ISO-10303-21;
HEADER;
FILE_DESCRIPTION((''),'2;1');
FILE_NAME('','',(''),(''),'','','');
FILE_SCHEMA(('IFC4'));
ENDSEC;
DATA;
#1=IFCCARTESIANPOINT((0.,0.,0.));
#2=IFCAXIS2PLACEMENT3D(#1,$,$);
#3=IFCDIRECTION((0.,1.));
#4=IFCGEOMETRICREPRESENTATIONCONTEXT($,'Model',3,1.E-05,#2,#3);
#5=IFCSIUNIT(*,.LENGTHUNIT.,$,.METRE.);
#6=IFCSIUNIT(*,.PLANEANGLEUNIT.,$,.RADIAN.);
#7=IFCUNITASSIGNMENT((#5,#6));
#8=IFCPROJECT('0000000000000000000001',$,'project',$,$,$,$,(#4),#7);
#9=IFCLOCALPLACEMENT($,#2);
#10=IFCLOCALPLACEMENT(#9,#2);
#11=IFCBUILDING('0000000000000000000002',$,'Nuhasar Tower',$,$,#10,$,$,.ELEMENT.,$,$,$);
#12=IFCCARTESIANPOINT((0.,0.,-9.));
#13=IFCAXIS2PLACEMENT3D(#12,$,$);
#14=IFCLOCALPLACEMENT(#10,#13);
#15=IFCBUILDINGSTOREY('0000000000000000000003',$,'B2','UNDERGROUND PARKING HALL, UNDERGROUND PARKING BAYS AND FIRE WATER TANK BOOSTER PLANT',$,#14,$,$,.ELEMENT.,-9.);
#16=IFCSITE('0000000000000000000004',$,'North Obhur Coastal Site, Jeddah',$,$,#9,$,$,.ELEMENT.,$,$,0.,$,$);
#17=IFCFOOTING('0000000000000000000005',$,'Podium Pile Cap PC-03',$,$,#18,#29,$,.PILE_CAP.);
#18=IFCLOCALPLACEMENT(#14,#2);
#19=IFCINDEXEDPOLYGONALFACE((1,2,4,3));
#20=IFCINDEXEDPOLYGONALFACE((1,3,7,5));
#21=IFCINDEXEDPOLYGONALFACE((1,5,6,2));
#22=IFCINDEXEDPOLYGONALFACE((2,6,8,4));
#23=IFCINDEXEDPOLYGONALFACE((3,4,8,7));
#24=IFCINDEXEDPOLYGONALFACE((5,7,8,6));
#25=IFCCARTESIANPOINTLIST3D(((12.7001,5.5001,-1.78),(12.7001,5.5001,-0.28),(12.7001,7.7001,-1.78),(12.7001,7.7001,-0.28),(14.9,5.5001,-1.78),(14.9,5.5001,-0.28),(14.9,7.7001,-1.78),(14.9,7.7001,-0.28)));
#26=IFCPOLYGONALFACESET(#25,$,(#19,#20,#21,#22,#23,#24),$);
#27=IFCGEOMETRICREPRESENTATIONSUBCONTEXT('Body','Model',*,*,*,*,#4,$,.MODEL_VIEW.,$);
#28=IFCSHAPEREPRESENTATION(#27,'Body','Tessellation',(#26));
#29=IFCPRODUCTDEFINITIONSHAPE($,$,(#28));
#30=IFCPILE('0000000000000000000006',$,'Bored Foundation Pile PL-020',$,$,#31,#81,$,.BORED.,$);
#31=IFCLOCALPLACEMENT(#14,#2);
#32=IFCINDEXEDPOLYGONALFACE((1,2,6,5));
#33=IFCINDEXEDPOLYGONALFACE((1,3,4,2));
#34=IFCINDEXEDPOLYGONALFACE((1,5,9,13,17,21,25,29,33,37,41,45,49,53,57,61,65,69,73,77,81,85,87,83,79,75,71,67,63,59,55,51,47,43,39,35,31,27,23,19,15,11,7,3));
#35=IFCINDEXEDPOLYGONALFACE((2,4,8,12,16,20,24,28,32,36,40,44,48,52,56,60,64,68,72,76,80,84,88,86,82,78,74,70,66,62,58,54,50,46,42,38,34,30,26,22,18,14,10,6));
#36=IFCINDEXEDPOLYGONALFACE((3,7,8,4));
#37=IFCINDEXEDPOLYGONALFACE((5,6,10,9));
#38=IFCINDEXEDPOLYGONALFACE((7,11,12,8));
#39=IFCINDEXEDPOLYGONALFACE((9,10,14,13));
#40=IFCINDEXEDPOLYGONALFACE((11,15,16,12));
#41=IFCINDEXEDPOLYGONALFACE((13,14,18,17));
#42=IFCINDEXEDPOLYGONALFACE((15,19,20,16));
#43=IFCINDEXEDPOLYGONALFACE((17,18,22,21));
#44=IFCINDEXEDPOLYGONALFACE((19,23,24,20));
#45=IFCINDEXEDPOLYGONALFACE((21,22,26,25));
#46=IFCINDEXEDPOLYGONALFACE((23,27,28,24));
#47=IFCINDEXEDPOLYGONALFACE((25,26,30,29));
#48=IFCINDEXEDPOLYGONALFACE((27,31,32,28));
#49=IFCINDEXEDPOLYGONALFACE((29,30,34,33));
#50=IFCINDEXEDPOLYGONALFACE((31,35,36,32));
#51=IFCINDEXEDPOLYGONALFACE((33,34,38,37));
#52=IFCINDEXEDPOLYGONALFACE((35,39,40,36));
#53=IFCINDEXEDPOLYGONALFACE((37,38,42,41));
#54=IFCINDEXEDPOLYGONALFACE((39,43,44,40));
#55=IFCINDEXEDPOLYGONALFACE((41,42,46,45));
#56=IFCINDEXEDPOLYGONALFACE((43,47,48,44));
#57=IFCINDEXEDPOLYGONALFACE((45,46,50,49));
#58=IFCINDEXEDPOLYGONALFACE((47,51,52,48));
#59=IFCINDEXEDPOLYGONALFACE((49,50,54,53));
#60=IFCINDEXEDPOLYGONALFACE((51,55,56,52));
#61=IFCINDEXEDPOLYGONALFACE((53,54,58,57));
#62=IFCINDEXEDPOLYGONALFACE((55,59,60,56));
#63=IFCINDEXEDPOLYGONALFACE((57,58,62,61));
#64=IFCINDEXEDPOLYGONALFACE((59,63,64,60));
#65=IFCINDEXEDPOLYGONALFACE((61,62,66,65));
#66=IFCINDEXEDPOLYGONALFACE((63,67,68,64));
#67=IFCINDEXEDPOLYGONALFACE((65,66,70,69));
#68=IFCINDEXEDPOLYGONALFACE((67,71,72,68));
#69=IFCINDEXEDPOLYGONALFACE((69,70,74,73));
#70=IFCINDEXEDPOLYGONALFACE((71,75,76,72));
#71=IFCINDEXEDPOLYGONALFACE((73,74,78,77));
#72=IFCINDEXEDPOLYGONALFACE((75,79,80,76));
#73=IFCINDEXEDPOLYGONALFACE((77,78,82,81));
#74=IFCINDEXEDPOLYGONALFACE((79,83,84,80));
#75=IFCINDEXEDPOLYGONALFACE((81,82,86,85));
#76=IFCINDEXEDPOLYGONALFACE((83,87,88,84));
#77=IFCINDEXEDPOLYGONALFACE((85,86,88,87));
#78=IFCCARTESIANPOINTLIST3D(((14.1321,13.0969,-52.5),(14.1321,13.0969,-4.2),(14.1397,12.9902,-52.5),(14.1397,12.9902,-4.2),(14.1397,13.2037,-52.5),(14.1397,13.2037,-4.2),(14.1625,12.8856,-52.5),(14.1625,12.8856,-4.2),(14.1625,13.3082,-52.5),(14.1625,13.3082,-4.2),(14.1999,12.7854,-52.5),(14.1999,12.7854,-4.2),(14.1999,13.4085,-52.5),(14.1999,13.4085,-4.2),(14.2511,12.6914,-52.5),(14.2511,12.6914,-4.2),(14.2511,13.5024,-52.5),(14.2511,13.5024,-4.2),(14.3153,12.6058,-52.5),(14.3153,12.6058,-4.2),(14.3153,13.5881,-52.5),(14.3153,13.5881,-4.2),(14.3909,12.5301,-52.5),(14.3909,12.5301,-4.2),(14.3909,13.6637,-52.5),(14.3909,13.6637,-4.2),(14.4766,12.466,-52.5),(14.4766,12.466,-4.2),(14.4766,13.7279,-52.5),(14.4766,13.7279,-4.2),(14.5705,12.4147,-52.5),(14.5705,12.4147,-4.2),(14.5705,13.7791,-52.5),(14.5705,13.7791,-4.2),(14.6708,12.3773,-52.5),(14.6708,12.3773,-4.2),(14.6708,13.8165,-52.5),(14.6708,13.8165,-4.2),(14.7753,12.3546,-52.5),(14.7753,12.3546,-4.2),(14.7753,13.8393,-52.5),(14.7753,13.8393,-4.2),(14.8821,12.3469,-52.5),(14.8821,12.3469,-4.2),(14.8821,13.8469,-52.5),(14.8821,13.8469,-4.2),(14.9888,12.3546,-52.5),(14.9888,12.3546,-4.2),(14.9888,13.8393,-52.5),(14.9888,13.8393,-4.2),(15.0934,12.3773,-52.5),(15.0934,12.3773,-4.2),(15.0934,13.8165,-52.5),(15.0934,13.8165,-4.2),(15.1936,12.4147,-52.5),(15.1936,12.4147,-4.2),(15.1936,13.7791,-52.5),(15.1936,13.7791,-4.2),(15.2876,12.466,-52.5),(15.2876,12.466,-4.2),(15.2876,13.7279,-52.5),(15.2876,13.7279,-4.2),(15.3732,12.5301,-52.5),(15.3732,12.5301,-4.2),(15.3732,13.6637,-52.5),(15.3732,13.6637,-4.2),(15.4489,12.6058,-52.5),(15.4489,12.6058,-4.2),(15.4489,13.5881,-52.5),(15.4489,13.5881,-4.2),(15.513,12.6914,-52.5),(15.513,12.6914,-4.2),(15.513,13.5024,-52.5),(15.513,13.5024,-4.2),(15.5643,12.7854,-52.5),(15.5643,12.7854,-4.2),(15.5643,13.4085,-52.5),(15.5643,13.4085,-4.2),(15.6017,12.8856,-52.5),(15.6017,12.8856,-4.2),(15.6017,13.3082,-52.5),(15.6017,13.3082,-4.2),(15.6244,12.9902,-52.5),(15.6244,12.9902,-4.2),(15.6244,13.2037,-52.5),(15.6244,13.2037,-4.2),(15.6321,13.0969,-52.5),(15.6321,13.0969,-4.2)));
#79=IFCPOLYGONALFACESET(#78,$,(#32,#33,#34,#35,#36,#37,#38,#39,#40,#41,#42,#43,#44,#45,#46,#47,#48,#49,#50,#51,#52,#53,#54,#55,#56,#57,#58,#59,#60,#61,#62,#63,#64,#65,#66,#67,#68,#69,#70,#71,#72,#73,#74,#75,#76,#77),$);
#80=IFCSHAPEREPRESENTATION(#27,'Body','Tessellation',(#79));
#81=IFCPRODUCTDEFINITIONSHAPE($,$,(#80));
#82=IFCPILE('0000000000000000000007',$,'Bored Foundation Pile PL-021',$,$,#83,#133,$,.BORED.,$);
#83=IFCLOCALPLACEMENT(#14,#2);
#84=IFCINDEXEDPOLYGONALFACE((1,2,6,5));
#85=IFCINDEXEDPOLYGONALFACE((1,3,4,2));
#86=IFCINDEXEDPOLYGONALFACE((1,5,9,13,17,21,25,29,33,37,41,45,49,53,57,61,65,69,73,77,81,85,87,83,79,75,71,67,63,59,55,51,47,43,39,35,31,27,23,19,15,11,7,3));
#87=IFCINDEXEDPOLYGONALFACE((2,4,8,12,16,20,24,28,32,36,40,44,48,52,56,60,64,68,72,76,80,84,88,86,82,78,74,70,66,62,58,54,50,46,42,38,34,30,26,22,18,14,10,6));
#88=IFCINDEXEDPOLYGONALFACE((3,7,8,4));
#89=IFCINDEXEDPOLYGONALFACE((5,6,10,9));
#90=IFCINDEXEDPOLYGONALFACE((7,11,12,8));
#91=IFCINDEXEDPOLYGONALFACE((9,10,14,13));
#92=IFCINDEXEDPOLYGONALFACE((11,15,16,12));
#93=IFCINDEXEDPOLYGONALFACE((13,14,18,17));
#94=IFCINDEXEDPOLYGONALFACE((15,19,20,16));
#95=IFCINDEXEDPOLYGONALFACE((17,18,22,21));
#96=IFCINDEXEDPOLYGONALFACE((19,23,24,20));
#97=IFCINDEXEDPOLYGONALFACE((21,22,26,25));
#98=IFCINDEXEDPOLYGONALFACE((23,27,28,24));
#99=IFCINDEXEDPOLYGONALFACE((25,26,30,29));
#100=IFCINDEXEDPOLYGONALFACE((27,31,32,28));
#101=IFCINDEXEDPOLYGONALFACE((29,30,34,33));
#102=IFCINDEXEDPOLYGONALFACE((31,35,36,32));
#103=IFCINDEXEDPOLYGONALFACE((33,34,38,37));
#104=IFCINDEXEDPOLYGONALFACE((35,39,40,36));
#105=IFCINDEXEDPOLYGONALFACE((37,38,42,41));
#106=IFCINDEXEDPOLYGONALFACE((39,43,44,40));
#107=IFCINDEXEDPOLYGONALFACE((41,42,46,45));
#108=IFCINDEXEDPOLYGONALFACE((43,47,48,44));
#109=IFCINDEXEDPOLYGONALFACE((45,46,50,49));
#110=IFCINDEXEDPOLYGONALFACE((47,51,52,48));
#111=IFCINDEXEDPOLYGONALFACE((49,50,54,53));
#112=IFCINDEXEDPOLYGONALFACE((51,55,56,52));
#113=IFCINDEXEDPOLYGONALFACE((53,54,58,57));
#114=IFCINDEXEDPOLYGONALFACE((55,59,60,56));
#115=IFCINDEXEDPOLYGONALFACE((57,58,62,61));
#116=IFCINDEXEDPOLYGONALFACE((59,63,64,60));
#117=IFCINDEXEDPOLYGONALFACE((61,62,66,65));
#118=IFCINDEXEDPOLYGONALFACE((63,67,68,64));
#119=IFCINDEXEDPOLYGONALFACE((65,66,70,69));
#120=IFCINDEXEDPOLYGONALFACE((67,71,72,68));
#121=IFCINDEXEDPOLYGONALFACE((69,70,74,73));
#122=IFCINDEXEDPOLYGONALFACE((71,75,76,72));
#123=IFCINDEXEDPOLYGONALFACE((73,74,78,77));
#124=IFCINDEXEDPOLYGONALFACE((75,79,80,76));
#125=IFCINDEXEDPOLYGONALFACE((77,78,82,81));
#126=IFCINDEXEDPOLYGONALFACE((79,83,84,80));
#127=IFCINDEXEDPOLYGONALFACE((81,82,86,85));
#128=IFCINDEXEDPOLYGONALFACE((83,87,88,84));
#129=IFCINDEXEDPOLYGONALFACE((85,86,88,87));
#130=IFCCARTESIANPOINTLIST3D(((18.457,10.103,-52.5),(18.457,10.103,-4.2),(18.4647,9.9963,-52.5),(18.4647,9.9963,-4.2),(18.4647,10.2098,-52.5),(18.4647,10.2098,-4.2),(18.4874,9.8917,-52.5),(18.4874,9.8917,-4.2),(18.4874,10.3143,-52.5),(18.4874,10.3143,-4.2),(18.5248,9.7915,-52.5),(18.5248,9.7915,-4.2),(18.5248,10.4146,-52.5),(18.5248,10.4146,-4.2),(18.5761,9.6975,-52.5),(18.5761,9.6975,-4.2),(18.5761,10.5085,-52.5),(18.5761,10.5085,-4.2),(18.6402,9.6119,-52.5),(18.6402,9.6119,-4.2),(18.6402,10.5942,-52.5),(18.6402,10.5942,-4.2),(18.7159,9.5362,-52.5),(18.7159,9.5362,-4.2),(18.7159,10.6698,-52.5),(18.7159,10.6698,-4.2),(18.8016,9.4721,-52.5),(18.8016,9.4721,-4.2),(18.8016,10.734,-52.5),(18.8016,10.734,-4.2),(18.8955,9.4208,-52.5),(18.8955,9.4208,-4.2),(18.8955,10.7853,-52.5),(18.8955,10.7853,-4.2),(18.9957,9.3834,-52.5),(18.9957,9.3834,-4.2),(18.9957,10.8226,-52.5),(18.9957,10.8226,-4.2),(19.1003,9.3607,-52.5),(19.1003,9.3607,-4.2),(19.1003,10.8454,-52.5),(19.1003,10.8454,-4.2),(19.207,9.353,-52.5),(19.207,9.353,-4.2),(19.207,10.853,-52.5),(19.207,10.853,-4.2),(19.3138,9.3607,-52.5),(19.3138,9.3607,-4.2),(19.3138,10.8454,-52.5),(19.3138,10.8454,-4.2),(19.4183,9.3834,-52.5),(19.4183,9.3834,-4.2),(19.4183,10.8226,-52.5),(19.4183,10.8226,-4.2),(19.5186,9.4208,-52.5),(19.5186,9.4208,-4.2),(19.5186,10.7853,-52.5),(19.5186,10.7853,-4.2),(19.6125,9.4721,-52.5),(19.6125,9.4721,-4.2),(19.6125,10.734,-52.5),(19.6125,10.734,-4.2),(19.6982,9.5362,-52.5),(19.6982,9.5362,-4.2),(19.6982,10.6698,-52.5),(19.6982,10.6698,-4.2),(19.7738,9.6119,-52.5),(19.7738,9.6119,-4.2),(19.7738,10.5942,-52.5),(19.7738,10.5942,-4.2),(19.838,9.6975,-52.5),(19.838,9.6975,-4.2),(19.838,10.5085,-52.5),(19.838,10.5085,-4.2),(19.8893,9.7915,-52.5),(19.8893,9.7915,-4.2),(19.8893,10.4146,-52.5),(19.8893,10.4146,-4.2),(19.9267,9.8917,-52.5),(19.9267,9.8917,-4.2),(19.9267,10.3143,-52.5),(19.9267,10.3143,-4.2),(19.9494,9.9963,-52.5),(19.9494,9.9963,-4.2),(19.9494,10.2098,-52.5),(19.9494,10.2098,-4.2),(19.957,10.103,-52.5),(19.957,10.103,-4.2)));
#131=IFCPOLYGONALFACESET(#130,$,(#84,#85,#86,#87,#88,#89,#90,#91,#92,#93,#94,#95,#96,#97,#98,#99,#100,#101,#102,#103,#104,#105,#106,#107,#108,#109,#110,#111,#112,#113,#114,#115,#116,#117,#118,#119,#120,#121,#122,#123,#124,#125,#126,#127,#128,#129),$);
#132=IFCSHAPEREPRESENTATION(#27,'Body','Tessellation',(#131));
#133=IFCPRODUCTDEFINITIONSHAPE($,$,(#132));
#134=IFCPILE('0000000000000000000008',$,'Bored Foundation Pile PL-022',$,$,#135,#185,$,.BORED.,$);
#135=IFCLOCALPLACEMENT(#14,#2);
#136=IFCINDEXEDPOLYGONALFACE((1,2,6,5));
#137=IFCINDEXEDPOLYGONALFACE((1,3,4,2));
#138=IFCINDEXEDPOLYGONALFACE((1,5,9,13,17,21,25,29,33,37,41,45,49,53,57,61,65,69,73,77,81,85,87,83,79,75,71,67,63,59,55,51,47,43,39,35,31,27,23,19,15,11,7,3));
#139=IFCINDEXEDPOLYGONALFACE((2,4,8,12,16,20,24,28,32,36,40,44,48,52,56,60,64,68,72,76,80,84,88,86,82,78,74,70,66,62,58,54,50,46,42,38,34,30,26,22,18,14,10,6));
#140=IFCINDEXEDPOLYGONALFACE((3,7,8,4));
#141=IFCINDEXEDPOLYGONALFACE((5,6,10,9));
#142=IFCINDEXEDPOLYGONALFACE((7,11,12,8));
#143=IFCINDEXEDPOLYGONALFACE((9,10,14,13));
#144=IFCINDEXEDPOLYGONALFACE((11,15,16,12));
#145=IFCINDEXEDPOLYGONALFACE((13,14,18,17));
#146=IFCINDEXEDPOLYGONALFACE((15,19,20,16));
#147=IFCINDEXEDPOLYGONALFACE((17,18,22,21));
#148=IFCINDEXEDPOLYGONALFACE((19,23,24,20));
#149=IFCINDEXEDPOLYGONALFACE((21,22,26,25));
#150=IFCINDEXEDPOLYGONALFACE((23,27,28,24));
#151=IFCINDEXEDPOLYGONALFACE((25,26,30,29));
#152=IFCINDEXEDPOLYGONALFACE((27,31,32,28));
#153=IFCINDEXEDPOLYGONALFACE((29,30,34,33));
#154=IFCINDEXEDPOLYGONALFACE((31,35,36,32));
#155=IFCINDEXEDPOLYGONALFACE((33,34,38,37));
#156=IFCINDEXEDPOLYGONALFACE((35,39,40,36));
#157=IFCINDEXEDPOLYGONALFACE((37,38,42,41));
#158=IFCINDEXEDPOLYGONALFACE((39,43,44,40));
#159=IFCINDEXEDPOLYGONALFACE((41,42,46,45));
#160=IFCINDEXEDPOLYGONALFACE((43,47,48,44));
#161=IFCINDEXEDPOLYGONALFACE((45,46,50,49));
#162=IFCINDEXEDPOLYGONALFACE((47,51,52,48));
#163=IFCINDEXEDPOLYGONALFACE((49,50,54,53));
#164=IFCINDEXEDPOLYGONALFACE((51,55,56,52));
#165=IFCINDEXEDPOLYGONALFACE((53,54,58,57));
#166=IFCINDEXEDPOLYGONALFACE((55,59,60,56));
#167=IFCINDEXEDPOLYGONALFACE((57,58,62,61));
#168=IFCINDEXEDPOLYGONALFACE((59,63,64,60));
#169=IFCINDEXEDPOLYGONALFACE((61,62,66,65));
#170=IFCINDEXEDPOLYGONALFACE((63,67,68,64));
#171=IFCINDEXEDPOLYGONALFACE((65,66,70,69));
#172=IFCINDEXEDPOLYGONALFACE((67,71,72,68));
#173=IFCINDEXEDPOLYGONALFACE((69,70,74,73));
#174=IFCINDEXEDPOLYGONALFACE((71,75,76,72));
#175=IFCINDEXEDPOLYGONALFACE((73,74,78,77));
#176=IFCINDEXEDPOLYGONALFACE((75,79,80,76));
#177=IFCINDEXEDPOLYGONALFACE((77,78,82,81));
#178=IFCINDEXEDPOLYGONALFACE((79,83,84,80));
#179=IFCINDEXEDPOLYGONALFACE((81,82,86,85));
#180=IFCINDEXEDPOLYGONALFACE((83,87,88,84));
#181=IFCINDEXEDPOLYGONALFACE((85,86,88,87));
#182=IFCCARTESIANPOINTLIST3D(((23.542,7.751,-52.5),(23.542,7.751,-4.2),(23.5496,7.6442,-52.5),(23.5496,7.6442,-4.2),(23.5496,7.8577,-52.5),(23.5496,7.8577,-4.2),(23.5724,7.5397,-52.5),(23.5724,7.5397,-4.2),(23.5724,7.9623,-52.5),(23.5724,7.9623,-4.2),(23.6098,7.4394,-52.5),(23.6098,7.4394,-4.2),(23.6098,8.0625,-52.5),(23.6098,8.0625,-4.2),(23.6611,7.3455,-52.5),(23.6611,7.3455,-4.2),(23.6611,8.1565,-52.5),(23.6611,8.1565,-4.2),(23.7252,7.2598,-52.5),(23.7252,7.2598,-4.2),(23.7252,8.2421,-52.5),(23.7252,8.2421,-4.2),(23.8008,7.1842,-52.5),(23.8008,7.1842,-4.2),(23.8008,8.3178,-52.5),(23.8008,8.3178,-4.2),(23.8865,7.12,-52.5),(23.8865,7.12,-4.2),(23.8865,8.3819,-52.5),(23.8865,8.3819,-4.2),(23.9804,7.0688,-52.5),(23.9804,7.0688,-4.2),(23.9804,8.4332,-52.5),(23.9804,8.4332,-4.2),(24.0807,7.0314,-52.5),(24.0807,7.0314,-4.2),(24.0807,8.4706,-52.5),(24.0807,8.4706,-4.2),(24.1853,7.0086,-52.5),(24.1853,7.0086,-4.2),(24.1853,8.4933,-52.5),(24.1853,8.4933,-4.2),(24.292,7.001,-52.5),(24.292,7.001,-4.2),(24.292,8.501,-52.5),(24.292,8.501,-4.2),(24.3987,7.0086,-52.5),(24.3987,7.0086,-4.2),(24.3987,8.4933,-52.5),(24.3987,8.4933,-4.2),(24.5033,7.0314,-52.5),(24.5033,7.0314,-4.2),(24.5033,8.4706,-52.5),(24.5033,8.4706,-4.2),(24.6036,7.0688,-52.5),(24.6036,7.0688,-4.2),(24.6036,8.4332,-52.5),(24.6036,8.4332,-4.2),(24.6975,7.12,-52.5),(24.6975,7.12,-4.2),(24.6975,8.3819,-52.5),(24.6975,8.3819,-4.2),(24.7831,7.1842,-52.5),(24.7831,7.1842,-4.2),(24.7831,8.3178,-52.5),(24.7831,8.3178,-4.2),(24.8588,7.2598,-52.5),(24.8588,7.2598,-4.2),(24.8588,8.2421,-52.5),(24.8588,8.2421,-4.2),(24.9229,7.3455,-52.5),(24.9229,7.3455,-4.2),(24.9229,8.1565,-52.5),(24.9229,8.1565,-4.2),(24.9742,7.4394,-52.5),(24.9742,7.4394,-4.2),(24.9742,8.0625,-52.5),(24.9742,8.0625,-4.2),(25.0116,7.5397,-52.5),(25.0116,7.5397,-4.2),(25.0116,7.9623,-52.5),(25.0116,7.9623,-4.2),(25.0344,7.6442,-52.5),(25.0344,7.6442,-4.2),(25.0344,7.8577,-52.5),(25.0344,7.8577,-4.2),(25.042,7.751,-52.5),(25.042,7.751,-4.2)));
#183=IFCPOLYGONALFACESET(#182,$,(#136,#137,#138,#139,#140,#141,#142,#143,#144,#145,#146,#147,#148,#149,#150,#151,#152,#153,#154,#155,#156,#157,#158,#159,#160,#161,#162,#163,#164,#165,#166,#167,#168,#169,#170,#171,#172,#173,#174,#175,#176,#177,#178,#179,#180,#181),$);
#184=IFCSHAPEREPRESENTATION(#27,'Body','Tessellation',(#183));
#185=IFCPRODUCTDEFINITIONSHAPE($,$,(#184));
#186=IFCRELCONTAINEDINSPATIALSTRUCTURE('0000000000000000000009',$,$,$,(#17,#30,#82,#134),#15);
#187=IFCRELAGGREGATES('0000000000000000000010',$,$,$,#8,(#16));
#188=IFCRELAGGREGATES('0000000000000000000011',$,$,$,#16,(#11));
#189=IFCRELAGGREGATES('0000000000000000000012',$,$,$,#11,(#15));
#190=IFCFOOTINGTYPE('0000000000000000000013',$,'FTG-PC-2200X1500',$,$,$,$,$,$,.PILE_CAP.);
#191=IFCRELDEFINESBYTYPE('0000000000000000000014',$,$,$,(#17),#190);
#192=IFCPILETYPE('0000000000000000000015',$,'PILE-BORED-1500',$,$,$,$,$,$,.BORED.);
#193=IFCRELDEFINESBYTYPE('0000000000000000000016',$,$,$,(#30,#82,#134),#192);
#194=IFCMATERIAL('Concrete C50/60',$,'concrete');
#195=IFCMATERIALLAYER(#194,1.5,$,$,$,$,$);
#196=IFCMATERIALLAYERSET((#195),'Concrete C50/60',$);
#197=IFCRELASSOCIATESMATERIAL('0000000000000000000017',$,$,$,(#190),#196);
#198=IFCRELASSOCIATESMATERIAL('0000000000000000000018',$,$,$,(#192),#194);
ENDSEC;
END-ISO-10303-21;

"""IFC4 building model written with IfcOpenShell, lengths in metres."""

from ifc_helpers import new_model, si_unit, direction, frame, origin, origin_2d, place, context, subcontext, project, spatial, rectangle, circle, extrude, material, layer, layer_set, material_profile, profile_set, type_object, element, save


model = new_model("IFC4")

# Units and contexts
model_context = context("Model", 3, precision=1e-05, world=origin(), true_north=direction((0.0, 1.0)))
body_context = subcontext(model_context, "Body", "Model", "MODEL_VIEW")
ifc_project = project(units=[si_unit("LENGTHUNIT", "METRE"), si_unit("PLANEANGLEUNIT", "RADIAN")], contexts=[model_context])

# Site, building, storey
site_placement = place(None, origin())
site = spatial("IfcSite", under=ifc_project, at=site_placement, Name="North Obhur Coastal Site, Jeddah", CompositionType="ELEMENT", RefElevation=0.0)
building_placement = place(site_placement, origin())
building = spatial("IfcBuilding", under=site, at=building_placement, Name="Nuhasar Tower", CompositionType="ELEMENT")
storey_placement = place(building_placement, frame((0.0, 0.0, -9.0)))
storey = spatial("IfcBuildingStorey", under=building, at=storey_placement, Name="B2", Description="UNDERGROUND PARKING HALL, UNDERGROUND PARKING BAYS AND FIRE WATER TANK BOOSTER PLANT", CompositionType="ELEMENT", Elevation=-9.0)

# Footing
ifc_material_1 = material(Name="Concrete C50/60", Category="concrete")
ifc_layer_1 = layer(ifc_material_1, 1.5)
ifc_layer_set_1 = layer_set([ifc_layer_1], Name="Concrete C50/60")
footing_type = type_object("IfcFootingType", Name="FTG-PC-2200X1500", PredefinedType="PILE_CAP", material=ifc_layer_set_1)
footing_placement = place(storey_placement, frame((13.8, 6.6001, -1.78), z_axis=(0.0, 0.0, 1.0), x_axis=(1.0, 0.0, 0.0)))
element("IfcFooting", 1, at=footing_placement, inside=storey, type_object=footing_type, Name="Podium Pile Cap PC-03", PredefinedType="PILE_CAP", context=body_context, shape_type="SweptSolid", body=[
    extrude(rectangle(XDim=2.2, YDim=2.2, at=origin_2d()), origin(), (0.0, 0.0, 1.0), 1.5),
])

# Piles
ifc_material_profile_1 = material_profile(ifc_material_1, circle(Radius=0.75, at=origin_2d()), Name="PILE1500")
ifc_profile_set_1 = profile_set([ifc_material_profile_1], Name="Concrete C50/60")
pile_type_1 = type_object("IfcPileType", Name="PILE-BORED-1500", PredefinedType="BORED", material=ifc_profile_set_1)
for number, where, z_axis, x_axis, name in (
    (2, (14.8821, 13.0969, -4.2), (0.0, 0.0, -1.0), (1.0, 0.0, 0.0), "Bored Foundation Pile PL-020"),
    (3, (19.207, 10.103, -4.2), (0.0, 0.0, -1.0), (1.0, 0.0, 0.0), "Bored Foundation Pile PL-021"),
    (4, (24.292, 7.751, -4.2), (0.0, 0.0, -1.0), (1.0, 0.0, 0.0), "Bored Foundation Pile PL-022"),
):
    element("IfcPile", number, at=place(storey_placement, frame(where, z_axis=z_axis, x_axis=x_axis)), inside=storey, type_object=pile_type_1, Name=name, PredefinedType="BORED", context=body_context, shape_type="SweptSolid", body=[
        extrude(circle(Radius=0.75, at=origin_2d()), origin(), (0.0, 0.0, 1.0), 48.3),
    ])

save(model, "model.ifc")
